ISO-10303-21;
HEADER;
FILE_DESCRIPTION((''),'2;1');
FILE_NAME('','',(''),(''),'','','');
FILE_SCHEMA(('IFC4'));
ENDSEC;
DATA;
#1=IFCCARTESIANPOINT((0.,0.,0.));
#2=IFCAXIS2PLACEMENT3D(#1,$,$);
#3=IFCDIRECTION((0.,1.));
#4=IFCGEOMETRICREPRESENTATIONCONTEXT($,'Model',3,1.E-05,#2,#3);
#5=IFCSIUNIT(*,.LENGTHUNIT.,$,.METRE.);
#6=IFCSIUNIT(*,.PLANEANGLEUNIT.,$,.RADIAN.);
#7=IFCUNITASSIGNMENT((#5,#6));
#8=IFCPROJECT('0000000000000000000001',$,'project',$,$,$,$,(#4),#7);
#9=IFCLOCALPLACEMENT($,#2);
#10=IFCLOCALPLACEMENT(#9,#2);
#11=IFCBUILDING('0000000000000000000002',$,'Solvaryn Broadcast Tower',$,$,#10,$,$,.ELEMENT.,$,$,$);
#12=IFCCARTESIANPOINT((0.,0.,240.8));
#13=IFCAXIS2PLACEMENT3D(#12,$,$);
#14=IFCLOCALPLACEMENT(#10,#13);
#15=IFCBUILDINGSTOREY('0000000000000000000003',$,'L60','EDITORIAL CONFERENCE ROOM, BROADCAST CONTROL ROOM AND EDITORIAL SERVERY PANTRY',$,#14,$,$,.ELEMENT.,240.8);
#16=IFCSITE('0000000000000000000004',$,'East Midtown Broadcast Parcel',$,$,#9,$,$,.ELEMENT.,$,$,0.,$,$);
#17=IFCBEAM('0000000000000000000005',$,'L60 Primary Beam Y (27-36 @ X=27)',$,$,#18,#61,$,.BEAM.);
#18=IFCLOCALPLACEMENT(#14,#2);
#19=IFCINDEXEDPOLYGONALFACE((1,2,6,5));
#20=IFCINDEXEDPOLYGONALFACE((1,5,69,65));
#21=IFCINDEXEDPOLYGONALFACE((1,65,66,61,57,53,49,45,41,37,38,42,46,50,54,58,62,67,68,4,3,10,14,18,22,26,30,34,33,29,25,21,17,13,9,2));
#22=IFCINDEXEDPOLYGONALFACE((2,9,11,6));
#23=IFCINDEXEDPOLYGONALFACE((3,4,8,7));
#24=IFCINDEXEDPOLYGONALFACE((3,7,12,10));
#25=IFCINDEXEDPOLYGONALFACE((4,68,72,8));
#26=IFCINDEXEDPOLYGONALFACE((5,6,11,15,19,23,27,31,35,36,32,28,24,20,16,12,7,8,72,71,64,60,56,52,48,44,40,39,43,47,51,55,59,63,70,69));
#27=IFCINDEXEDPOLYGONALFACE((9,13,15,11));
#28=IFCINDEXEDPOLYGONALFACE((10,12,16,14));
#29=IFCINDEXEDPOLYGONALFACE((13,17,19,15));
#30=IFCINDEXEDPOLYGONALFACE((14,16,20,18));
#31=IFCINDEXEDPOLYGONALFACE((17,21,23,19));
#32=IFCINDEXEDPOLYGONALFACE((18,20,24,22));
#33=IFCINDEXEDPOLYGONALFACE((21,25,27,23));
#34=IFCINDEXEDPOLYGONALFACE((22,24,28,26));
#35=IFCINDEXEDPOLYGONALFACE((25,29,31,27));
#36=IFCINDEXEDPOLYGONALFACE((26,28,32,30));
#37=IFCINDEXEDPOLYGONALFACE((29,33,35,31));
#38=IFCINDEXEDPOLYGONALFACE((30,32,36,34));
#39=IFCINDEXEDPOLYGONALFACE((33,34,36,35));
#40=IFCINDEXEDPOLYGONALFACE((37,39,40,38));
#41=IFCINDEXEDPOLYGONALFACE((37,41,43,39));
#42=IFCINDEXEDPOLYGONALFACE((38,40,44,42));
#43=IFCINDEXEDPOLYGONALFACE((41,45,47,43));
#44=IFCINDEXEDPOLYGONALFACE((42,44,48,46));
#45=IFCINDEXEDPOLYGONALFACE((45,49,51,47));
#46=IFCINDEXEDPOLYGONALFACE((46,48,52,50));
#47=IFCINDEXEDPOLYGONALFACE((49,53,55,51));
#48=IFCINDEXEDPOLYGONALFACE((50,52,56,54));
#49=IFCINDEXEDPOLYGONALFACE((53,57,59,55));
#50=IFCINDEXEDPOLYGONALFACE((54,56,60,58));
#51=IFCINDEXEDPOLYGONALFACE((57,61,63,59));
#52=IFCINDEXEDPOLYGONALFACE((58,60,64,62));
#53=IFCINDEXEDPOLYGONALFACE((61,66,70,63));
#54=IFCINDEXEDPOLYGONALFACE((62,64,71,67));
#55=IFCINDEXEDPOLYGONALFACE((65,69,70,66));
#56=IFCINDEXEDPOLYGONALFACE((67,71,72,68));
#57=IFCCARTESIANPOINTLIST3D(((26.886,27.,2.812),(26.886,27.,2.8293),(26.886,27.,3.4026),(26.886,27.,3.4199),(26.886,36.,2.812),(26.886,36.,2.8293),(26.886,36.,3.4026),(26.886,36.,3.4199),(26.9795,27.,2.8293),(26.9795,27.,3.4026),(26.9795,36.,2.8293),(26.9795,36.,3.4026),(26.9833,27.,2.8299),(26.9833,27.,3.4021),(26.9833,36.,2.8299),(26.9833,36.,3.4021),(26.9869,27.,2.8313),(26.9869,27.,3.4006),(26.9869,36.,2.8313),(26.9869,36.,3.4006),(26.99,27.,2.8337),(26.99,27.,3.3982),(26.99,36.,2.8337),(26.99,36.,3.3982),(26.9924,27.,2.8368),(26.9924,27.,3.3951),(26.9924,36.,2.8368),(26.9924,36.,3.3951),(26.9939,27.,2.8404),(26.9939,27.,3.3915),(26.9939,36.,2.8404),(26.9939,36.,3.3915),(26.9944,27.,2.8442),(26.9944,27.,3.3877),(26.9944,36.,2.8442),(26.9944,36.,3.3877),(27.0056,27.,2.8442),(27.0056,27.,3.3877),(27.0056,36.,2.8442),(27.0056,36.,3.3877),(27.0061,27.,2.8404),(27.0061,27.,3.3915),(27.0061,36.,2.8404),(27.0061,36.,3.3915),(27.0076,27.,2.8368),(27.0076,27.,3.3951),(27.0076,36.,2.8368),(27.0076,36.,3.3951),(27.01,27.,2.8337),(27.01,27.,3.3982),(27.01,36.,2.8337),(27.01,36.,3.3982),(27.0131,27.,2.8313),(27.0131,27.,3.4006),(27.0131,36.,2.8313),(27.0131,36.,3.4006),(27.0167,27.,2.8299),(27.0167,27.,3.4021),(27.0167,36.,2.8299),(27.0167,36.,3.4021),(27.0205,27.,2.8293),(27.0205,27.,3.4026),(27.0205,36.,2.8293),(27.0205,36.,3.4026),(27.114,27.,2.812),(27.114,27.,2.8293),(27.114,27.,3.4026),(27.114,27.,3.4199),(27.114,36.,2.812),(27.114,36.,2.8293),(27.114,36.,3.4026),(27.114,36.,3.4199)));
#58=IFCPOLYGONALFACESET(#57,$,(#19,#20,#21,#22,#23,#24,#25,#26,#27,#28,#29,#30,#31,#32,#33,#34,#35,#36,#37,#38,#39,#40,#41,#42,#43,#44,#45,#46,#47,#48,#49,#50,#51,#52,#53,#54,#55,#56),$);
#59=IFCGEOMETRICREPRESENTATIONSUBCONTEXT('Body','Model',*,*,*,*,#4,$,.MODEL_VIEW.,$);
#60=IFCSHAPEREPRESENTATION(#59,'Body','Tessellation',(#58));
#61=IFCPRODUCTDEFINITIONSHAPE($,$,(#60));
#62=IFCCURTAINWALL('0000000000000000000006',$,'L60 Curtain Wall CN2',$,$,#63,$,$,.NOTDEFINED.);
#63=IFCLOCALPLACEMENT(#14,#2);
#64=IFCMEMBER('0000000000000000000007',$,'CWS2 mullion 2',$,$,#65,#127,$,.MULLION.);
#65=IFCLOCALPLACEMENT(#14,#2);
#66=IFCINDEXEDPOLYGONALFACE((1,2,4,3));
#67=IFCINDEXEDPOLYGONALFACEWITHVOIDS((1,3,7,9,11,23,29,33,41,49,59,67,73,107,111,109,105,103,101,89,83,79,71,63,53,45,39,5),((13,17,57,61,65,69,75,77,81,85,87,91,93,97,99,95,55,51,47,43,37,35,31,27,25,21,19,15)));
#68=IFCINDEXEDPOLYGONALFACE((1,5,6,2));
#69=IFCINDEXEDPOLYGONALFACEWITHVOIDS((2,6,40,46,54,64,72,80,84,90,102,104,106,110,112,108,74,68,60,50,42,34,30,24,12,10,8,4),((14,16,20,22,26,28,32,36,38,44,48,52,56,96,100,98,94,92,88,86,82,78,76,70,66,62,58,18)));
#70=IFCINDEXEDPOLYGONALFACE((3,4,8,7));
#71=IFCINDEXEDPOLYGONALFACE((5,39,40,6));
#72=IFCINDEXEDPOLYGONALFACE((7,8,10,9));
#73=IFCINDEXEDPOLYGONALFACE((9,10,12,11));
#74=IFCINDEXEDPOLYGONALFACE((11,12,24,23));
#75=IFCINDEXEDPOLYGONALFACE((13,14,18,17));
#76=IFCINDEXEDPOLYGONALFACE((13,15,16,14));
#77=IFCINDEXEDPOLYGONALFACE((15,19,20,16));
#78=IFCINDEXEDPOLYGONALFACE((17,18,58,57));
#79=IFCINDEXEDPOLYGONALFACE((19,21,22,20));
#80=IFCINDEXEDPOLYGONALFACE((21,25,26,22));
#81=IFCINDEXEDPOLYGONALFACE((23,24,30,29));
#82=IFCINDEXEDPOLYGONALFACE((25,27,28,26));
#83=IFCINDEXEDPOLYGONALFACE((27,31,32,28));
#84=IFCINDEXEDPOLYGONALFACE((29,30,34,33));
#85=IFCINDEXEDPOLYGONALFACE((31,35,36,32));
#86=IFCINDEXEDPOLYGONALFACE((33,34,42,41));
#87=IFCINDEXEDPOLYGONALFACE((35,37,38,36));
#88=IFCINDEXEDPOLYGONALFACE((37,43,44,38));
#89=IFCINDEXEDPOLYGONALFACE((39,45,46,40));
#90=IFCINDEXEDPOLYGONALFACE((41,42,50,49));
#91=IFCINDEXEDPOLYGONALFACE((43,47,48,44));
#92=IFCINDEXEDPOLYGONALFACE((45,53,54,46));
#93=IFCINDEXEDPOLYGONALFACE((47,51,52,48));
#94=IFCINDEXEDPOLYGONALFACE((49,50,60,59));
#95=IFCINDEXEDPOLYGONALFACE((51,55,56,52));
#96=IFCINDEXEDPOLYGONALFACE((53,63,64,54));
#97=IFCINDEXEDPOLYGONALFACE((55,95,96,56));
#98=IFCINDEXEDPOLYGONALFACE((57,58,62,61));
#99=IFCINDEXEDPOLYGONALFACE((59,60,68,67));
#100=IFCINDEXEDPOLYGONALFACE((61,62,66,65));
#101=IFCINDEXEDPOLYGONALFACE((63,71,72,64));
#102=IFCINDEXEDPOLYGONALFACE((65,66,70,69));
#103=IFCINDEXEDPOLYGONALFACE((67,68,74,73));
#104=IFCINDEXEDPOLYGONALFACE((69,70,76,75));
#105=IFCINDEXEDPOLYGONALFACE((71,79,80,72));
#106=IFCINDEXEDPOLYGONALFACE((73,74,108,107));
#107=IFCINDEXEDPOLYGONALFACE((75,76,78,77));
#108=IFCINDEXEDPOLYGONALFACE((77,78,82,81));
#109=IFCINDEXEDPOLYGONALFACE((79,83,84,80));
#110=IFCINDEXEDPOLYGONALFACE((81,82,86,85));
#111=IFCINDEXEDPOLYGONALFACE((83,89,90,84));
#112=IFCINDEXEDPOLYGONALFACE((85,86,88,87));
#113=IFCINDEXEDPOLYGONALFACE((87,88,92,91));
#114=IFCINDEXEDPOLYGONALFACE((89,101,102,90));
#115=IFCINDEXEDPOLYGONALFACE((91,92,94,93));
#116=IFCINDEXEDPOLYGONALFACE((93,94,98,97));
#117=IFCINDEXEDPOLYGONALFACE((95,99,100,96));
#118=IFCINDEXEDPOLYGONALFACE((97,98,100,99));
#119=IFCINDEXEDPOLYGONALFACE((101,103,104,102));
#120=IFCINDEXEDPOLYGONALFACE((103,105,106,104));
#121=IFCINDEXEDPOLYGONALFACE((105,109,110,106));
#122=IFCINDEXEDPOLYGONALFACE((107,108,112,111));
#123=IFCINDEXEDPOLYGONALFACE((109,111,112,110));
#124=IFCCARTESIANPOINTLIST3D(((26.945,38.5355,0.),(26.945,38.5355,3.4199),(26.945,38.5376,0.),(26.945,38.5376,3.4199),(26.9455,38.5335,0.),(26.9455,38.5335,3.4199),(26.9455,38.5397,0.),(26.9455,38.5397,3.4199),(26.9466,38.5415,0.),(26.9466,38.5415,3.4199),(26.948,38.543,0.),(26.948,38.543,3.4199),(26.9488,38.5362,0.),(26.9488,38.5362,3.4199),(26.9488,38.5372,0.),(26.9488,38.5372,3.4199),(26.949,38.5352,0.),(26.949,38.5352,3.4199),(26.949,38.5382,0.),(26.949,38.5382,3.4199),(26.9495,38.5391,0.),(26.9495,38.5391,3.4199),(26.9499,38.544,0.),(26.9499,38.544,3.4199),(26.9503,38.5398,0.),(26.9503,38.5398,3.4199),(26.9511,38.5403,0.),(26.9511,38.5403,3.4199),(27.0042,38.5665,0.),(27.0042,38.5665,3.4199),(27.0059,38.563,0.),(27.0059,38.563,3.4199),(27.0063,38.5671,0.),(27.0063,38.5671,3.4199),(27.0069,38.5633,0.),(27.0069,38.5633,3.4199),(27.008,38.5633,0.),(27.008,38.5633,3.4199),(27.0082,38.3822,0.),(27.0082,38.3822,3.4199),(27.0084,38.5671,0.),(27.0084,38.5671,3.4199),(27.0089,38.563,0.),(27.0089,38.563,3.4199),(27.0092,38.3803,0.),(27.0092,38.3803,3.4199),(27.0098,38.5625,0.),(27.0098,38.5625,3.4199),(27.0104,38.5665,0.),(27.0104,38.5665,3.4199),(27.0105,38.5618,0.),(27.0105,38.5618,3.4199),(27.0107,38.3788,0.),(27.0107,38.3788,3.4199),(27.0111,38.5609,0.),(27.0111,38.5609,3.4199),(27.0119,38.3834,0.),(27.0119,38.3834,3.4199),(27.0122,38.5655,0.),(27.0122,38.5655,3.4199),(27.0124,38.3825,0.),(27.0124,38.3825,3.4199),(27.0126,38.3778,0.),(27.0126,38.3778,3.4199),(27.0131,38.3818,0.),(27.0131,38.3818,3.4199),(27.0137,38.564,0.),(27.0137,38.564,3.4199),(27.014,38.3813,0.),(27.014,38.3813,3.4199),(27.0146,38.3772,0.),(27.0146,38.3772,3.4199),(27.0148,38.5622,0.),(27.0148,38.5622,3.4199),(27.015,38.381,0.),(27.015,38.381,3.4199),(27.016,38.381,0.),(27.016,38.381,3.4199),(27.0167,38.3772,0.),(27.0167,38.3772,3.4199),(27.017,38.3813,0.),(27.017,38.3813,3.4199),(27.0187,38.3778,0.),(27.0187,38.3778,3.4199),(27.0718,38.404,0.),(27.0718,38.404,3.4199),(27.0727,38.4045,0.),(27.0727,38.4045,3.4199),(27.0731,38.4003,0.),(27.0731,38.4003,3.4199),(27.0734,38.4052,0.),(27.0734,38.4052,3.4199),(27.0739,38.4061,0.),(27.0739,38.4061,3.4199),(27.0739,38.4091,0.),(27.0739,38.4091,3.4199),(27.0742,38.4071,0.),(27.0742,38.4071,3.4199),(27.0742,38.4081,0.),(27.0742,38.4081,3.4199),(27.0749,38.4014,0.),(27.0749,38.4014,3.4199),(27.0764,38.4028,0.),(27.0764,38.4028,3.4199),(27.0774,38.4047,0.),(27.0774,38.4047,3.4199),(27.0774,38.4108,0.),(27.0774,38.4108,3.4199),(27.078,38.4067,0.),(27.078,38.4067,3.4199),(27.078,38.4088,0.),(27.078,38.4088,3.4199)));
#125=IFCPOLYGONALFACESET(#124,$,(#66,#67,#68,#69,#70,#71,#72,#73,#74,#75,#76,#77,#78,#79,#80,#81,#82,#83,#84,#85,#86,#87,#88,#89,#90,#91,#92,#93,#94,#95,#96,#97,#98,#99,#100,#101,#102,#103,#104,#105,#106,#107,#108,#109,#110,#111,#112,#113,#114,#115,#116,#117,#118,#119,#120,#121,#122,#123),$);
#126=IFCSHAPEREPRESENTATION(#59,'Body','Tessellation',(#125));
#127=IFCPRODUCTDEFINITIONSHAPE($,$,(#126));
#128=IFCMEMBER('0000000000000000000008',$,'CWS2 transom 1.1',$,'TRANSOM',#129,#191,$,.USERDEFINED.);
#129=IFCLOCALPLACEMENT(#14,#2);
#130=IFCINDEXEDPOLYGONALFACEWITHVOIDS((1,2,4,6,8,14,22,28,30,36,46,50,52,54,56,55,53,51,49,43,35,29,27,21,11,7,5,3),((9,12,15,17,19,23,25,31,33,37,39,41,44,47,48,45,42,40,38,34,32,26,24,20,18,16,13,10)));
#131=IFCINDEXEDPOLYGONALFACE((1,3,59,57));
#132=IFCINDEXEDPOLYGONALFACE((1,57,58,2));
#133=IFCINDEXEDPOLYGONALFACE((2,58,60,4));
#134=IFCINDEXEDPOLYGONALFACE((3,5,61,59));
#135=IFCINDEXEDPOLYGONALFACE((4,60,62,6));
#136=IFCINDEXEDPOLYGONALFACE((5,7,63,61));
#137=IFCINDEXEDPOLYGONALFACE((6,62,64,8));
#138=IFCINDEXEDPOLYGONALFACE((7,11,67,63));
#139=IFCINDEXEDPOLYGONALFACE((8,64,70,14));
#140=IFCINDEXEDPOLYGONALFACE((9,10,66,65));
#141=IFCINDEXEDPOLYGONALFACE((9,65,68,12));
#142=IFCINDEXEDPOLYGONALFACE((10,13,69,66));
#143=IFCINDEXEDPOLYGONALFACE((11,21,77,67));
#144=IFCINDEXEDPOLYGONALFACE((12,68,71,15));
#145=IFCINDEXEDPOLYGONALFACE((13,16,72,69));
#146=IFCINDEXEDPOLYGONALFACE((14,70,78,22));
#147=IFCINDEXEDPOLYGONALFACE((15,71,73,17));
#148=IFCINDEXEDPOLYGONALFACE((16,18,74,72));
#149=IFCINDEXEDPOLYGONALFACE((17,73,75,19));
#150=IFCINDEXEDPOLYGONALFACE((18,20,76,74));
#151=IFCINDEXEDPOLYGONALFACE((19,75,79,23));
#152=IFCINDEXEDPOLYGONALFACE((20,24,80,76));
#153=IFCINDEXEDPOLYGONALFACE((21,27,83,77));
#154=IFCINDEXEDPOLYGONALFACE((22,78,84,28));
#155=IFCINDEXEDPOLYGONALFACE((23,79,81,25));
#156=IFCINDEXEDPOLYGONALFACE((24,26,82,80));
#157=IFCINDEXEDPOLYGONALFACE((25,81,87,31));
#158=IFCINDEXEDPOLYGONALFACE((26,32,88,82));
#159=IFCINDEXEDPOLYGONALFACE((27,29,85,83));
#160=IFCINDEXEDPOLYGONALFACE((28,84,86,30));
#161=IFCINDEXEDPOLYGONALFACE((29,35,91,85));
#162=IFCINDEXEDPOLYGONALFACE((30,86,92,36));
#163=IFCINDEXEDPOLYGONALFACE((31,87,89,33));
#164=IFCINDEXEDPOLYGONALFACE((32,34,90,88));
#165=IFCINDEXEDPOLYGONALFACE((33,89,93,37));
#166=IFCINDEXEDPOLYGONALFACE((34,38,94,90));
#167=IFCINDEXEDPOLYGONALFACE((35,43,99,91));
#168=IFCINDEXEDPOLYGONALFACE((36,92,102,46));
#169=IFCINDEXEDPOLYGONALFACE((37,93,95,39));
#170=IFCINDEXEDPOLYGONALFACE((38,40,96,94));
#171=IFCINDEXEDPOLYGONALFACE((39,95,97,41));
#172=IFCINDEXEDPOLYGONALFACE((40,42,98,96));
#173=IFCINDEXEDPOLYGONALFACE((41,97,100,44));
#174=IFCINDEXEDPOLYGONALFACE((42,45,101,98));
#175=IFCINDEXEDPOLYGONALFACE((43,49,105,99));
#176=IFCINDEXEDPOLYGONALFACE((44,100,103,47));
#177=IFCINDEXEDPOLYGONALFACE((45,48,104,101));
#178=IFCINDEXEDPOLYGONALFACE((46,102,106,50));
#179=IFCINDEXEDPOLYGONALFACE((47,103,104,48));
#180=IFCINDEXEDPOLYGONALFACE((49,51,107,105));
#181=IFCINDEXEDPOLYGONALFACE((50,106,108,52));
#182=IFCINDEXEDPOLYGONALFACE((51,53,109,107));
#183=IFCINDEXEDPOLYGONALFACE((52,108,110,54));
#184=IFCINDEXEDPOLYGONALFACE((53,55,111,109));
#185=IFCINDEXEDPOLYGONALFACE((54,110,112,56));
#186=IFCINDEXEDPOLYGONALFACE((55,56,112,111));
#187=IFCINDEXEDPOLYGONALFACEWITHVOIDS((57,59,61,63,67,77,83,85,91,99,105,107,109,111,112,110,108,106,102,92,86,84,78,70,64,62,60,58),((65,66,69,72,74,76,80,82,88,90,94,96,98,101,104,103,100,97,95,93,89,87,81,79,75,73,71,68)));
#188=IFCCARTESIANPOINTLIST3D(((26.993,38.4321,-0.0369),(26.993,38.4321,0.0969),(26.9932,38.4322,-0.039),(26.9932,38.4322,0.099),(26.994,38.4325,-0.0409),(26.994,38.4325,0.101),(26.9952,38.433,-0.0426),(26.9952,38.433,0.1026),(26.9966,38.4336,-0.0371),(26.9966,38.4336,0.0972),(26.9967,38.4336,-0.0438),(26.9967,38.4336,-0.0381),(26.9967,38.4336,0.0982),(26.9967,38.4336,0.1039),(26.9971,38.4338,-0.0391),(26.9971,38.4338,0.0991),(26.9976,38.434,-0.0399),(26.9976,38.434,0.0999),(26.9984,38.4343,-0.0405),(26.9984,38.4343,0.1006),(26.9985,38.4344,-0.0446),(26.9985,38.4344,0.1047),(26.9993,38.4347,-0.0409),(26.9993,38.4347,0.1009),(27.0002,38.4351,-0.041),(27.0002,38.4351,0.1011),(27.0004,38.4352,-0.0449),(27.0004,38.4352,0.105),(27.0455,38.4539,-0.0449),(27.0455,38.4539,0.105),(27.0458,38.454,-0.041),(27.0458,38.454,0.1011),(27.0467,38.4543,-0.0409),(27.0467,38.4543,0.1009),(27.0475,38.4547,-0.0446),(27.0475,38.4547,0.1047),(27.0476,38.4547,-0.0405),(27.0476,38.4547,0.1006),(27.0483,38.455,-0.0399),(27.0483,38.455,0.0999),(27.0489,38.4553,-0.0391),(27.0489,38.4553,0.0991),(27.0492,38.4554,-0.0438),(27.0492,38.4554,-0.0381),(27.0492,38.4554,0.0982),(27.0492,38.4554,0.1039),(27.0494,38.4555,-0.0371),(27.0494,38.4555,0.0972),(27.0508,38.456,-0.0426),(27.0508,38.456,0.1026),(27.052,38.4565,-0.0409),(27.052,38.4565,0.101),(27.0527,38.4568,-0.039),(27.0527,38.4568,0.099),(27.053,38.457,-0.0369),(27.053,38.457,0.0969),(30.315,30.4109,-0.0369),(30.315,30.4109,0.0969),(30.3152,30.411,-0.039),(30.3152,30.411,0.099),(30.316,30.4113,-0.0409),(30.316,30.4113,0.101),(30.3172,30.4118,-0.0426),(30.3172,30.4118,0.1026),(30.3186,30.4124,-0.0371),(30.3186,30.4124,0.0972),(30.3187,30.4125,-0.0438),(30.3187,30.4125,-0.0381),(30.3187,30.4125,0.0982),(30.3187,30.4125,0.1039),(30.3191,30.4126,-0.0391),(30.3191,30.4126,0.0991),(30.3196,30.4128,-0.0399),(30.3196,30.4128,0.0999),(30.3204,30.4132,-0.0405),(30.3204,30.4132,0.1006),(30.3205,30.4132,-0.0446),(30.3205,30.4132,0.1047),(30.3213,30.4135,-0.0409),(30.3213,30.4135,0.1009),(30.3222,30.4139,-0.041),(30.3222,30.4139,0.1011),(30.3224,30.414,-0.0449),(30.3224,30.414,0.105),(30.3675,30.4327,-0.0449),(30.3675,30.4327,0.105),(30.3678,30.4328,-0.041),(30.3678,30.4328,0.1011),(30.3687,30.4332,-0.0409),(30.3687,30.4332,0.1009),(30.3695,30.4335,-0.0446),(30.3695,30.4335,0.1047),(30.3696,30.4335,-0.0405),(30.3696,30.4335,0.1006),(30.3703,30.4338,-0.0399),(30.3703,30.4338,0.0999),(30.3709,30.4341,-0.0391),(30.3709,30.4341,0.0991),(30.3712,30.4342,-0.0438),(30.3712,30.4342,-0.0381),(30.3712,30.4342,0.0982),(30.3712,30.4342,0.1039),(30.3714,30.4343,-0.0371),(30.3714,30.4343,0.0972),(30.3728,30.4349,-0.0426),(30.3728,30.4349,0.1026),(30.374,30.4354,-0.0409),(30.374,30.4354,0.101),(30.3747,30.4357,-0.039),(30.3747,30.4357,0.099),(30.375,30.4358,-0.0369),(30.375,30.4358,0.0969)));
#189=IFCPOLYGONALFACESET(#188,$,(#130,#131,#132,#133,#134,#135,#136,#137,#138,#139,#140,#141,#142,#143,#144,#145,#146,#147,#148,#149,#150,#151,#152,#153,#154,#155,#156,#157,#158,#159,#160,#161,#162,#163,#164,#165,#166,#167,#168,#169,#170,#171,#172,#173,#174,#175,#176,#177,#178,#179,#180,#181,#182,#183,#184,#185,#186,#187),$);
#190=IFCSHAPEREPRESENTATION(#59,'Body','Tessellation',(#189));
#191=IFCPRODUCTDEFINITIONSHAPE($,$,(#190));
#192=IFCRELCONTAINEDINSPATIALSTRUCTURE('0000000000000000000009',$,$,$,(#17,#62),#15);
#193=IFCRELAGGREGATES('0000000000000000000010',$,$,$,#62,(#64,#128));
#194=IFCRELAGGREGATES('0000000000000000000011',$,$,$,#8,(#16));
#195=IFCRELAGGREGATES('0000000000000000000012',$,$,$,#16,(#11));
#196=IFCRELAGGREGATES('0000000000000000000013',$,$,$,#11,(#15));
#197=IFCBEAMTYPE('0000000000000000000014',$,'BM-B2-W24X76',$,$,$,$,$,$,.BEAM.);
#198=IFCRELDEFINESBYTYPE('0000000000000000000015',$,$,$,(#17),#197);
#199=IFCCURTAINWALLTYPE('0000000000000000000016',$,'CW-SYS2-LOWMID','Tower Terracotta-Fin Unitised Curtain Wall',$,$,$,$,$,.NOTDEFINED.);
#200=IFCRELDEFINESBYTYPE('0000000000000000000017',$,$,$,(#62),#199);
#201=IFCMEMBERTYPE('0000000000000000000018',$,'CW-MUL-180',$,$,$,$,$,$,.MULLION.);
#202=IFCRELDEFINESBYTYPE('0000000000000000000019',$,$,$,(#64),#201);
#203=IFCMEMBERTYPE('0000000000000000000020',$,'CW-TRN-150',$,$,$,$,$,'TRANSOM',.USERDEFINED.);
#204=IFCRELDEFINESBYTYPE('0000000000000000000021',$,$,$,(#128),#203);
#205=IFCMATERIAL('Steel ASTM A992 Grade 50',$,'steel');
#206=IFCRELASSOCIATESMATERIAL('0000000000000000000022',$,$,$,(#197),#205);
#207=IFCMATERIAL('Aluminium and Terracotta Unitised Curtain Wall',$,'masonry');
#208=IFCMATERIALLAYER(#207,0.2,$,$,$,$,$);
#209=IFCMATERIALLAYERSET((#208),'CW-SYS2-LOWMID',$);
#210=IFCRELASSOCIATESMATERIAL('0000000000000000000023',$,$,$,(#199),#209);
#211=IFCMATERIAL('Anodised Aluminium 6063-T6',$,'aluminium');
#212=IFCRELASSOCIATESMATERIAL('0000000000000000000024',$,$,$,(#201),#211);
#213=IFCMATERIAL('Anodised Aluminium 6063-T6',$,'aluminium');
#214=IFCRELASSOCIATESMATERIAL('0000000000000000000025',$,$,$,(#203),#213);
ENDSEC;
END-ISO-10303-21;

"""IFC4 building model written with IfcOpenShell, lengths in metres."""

from ifc_helpers import new_model, si_unit, direction, frame, origin, origin_2d, place, context, subcontext, project, spatial, hollow_rectangle, i_section, extrude, material, layer, layer_set, material_profile, profile_set, type_object, element, aggregate, save


model = new_model("IFC4")

# Units and contexts
model_context = context("Model", 3, precision=1e-05, world=origin(), true_north=direction((0.0, 1.0)))
body_context = subcontext(model_context, "Body", "Model", "MODEL_VIEW")
ifc_project = project(units=[si_unit("LENGTHUNIT", "METRE"), si_unit("PLANEANGLEUNIT", "RADIAN")], contexts=[model_context])

# Site, building, storey
site_placement = place(None, origin())
site = spatial("IfcSite", under=ifc_project, at=site_placement, Name="East Midtown Broadcast Parcel", CompositionType="ELEMENT", RefElevation=0.0)
building_placement = place(site_placement, origin())
building = spatial("IfcBuilding", under=site, at=building_placement, Name="Solvaryn Broadcast Tower", CompositionType="ELEMENT")
storey_placement = place(building_placement, frame((0.0, 0.0, 240.8)))
storey = spatial("IfcBuildingStorey", under=building, at=storey_placement, Name="L60", Description="EDITORIAL CONFERENCE ROOM, BROADCAST CONTROL ROOM AND EDITORIAL SERVERY PANTRY", CompositionType="ELEMENT", Elevation=240.8)

# Beam
ifc_material_1 = material(Name="Steel ASTM A992 Grade 50", Category="steel")
ifc_material_profile_1 = material_profile(ifc_material_1, i_section(OverallWidth=0.228, OverallDepth=0.6079, WebThickness=0.0112, FlangeThickness=0.0173, FilletRadius=0.0149, at=origin_2d()))
ifc_profile_set_1 = profile_set([ifc_material_profile_1], Name="Steel ASTM A992 Grade 50")
beam_type_1 = type_object("IfcBeamType", Name="BM-B2-W24X76", PredefinedType="BEAM", material=ifc_profile_set_1)
beam_1_placement = place(storey_placement, frame((27.0, 27.0, 3.116), z_axis=(0.0, 1.0, 0.0), x_axis=(-1.0, 0.0, 0.0)))
element("IfcBeam", 1, at=beam_1_placement, inside=storey, type_object=beam_type_1, Name="L60 Primary Beam Y (27-36 @ X=27)", PredefinedType="BEAM", context=body_context, shape_type="SweptSolid", body=[
    extrude(i_section(OverallWidth=0.228, OverallDepth=0.6079, WebThickness=0.0112, FlangeThickness=0.0173, FilletRadius=0.0149, at=origin_2d()), origin(), (0.0, 0.0, 1.0), 9.0),
])

# Curtain wall, members
ifc_material_2 = material(Name="Aluminium and Terracotta Unitised Curtain Wall", Category="masonry")
ifc_layer_1 = layer(ifc_material_2, 0.2)
ifc_layer_set_1 = layer_set([ifc_layer_1], Name="CW-SYS2-LOWMID")
curtain_wall_type = type_object("IfcCurtainWallType", Name="CW-SYS2-LOWMID", Description="Tower Terracotta-Fin Unitised Curtain Wall", PredefinedType="NOTDEFINED", material=ifc_layer_set_1)
curtain_wall_placement = place(storey_placement, origin())
curtain_wall = element("IfcCurtainWall", 2, at=curtain_wall_placement, inside=storey, type_object=curtain_wall_type, Name="L60 Curtain Wall CN2", PredefinedType="NOTDEFINED")
ifc_material_3 = material(Name="Anodised Aluminium 6063-T6", Category="aluminium")
ifc_material_profile_2 = material_profile(ifc_material_3, hollow_rectangle(XDim=0.075, YDim=0.1799, WallThickness=0.0039, InnerFilletRadius=0.0039, OuterFilletRadius=0.0081, at=origin_2d()))
ifc_profile_set_2 = profile_set([ifc_material_profile_2], Name="Anodised Aluminium 6063-T6")
member_type_1 = type_object("IfcMemberType", Name="CW-MUL-180", PredefinedType="MULLION", material=ifc_profile_set_2)
member_1_placement = place(storey_placement, frame((27.0115, 38.4722, 0.0), z_axis=(0.0, 0.0, 1.0), x_axis=(-0.923895, -0.382646, 0.0)))
member_1 = element("IfcMember", 3, at=member_1_placement, type_object=member_type_1, Name="CWS2 mullion 2", PredefinedType="MULLION", context=body_context, shape_type="SweptSolid", body=[
    extrude(hollow_rectangle(XDim=0.075, YDim=0.1799, WallThickness=0.0039, InnerFilletRadius=0.0039, OuterFilletRadius=0.0081, at=origin_2d()), origin(), (0.0, 0.0, 1.0), 3.4199),
])
ifc_material_4 = material(Name="Anodised Aluminium 6063-T6", Category="aluminium")
ifc_material_profile_3 = material_profile(ifc_material_4, hollow_rectangle(XDim=0.0649, YDim=0.1499, WallThickness=0.0039, InnerFilletRadius=0.0039, OuterFilletRadius=0.0081, at=origin_2d()))
ifc_profile_set_3 = profile_set([ifc_material_profile_3], Name="Anodised Aluminium 6063-T6")
member_type_2 = type_object("IfcMemberType", Name="CW-TRN-150", ElementType="TRANSOM", PredefinedType="USERDEFINED", material=ifc_profile_set_3)
member_2_placement = place(storey_placement, frame((30.345, 30.4233, 0.03), z_axis=(-0.382636, 0.923899, 0.0), x_axis=(-0.923899, -0.382636, 0.0)))
member_2 = element("IfcMember", 4, at=member_2_placement, type_object=member_type_2, Name="CWS2 transom 1.1", ObjectType="TRANSOM", PredefinedType="USERDEFINED", context=body_context, shape_type="SweptSolid", body=[
    extrude(hollow_rectangle(XDim=0.0649, YDim=0.1499, WallThickness=0.0039, InnerFilletRadius=0.0039, OuterFilletRadius=0.0081, at=origin_2d()), origin(), (0.0, 0.0, 1.0), 8.6819),
])
aggregate(curtain_wall, [member_1, member_2])

save(model, "model.ifc")
